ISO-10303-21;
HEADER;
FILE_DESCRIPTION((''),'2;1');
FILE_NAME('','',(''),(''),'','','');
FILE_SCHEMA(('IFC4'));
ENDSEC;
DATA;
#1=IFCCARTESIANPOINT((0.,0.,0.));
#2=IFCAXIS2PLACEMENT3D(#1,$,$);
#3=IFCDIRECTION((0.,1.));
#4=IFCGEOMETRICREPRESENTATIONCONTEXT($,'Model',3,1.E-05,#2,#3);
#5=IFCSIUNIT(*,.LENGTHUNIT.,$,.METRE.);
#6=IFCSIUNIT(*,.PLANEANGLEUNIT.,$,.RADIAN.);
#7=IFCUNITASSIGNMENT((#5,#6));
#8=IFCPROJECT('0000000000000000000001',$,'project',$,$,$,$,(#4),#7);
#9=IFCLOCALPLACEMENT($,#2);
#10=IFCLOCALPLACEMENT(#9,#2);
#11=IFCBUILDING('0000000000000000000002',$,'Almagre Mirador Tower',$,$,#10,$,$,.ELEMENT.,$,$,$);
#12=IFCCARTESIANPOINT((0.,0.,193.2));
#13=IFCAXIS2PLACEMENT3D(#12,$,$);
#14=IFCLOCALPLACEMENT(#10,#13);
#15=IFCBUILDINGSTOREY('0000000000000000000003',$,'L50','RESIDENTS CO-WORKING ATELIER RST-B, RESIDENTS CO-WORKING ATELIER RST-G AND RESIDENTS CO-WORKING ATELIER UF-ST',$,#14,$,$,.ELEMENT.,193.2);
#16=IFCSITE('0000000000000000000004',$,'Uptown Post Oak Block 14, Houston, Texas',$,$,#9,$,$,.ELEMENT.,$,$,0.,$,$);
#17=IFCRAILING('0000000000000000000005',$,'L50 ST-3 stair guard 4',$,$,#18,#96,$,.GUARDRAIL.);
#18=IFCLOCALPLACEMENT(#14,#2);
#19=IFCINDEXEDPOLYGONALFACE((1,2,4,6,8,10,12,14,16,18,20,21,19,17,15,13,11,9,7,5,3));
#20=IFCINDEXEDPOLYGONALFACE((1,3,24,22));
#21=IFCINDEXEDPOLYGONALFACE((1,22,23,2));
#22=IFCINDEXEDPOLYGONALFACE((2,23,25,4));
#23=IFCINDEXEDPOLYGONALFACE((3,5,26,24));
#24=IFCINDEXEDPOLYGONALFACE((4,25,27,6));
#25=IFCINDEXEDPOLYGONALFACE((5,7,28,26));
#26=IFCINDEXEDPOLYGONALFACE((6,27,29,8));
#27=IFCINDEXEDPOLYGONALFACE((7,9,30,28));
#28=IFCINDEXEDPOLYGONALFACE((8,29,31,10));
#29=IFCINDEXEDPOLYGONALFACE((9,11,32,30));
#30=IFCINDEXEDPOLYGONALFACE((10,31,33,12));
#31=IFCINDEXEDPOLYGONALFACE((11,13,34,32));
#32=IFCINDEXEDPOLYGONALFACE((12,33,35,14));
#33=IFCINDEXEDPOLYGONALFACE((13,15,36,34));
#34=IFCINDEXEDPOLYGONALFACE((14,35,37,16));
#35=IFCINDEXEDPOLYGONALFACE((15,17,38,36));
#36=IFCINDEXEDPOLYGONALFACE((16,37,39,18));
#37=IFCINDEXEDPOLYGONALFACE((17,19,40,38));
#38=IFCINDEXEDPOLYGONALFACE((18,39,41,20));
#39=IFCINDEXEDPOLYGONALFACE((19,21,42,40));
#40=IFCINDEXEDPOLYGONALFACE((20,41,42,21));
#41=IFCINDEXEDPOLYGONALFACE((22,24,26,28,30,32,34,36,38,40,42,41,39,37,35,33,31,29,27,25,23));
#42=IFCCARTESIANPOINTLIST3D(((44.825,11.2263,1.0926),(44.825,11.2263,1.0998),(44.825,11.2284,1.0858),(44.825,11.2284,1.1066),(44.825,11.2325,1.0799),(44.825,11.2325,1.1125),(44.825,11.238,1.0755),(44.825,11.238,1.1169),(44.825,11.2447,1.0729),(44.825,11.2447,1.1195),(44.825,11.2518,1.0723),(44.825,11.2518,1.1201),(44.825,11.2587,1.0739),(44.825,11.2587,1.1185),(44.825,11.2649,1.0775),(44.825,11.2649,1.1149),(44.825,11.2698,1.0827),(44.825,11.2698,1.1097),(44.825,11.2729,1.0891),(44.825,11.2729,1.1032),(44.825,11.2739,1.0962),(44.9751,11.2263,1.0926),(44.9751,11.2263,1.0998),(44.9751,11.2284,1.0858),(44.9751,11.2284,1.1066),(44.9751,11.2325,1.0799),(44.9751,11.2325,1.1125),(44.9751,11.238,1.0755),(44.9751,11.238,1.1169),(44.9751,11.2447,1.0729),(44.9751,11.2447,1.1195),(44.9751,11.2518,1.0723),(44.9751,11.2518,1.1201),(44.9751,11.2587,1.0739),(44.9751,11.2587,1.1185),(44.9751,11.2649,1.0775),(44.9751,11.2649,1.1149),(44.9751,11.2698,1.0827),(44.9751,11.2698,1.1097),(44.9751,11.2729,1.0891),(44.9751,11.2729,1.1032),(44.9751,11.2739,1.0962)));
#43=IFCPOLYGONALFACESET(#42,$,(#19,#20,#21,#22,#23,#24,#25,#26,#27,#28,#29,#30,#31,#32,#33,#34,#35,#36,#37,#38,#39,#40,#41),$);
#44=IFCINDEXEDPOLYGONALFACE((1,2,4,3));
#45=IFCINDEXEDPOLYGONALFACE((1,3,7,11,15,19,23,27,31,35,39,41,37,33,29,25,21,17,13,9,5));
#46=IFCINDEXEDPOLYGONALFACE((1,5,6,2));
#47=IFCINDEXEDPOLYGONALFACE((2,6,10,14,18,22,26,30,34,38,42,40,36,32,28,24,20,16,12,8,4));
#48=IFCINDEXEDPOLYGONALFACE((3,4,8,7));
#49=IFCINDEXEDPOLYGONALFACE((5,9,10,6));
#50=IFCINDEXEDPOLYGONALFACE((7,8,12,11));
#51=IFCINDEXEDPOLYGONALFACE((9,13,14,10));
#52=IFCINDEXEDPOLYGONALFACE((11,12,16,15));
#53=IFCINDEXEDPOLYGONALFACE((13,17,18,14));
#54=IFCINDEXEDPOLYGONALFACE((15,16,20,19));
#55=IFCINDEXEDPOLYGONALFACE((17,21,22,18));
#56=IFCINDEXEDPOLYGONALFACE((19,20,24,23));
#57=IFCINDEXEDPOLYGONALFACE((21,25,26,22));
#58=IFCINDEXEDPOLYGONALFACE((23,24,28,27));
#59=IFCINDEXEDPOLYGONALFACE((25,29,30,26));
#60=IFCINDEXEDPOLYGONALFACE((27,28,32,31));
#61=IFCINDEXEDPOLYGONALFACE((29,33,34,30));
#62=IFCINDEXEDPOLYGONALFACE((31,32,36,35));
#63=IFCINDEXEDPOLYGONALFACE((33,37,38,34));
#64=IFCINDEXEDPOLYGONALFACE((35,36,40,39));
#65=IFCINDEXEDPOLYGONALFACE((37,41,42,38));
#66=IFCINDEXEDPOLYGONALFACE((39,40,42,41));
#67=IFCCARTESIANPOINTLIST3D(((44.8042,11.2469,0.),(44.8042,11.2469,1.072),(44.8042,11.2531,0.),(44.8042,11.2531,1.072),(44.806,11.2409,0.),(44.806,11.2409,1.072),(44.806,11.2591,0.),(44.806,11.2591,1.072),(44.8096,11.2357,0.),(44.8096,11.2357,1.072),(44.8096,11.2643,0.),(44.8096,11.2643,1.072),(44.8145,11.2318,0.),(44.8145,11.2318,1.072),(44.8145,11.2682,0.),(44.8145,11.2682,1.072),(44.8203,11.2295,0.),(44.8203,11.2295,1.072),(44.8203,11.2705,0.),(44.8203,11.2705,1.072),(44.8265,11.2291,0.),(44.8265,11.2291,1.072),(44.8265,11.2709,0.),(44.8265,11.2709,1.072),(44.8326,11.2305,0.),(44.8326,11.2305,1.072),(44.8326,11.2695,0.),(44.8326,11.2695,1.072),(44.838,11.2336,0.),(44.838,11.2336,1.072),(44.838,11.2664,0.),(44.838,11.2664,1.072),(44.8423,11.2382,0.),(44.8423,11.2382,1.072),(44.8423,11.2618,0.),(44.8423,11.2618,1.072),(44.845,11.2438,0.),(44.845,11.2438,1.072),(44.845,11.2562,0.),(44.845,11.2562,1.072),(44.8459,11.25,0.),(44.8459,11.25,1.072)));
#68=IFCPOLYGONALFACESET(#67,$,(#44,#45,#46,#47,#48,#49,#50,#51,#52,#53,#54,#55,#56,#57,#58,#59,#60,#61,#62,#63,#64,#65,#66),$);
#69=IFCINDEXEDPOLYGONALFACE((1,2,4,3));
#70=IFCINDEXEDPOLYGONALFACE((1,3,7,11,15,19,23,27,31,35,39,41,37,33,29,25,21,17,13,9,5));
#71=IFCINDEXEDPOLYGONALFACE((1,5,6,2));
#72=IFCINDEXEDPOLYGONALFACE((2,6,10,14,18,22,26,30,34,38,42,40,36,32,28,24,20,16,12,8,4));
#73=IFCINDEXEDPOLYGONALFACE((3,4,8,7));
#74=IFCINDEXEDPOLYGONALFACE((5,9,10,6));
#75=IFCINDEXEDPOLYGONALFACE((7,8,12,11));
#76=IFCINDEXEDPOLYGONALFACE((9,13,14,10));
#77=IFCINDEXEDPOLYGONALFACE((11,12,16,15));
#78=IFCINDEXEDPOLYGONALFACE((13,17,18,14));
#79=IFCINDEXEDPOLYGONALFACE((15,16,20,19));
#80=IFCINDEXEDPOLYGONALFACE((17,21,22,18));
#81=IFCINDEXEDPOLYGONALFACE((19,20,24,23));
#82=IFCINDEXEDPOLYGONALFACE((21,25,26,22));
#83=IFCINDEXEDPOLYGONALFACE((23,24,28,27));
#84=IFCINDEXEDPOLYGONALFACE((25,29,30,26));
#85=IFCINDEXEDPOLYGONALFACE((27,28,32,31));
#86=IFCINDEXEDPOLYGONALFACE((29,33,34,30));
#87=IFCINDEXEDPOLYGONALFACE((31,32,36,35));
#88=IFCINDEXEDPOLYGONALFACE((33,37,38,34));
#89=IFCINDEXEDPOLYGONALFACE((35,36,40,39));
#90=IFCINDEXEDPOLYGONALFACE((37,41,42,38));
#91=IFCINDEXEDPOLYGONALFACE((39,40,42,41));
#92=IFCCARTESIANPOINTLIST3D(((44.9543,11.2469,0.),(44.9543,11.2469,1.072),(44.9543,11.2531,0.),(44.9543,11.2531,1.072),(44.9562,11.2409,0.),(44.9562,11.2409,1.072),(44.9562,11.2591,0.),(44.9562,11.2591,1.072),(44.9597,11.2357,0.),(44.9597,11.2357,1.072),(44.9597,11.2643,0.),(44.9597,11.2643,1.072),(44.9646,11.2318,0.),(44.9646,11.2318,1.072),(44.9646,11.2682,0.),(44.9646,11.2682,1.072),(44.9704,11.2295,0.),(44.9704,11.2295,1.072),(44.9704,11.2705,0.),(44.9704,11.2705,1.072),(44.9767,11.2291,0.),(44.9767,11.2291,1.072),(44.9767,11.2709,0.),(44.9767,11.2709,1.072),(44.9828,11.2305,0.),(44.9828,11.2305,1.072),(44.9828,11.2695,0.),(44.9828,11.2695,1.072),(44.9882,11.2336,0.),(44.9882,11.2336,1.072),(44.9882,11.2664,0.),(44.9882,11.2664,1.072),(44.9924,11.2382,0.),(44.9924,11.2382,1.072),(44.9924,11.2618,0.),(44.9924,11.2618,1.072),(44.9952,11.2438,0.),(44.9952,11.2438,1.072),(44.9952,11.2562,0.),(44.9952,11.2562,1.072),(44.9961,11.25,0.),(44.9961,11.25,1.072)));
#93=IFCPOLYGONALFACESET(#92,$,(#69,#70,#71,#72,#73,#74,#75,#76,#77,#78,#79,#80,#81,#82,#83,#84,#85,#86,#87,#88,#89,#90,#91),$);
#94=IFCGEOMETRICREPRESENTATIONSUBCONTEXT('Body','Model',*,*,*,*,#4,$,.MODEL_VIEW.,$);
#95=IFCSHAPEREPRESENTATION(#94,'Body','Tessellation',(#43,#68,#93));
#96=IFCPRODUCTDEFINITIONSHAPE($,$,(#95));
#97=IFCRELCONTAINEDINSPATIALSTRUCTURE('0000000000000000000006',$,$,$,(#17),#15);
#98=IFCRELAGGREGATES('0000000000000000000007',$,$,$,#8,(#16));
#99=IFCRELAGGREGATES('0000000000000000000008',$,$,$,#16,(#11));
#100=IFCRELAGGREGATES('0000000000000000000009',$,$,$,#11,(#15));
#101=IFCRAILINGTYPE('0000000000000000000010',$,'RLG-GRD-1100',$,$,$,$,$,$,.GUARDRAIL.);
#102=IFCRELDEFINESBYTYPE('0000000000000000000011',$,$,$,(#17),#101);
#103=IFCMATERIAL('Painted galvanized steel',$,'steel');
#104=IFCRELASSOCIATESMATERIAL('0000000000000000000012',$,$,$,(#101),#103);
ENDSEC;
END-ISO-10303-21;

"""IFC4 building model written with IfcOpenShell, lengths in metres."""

from ifc_helpers import new_model, si_unit, direction, frame, origin, origin_2d, place, context, subcontext, project, spatial, circle, extrude, material, type_object, element, save


model = new_model("IFC4")

# Units and contexts
model_context = context("Model", 3, precision=1e-05, world=origin(), true_north=direction((0.0, 1.0)))
body_context = subcontext(model_context, "Body", "Model", "MODEL_VIEW")
ifc_project = project(units=[si_unit("LENGTHUNIT", "METRE"), si_unit("PLANEANGLEUNIT", "RADIAN")], contexts=[model_context])

# Site, building, storey
site_placement = place(None, origin())
site = spatial("IfcSite", under=ifc_project, at=site_placement, Name="Uptown Post Oak Block 14, Houston, Texas", CompositionType="ELEMENT", RefElevation=0.0)
building_placement = place(site_placement, origin())
building = spatial("IfcBuilding", under=site, at=building_placement, Name="Almagre Mirador Tower", CompositionType="ELEMENT")
storey_placement = place(building_placement, frame((0.0, 0.0, 193.2)))
storey = spatial("IfcBuildingStorey", under=building, at=storey_placement, Name="L50", Description="RESIDENTS CO-WORKING ATELIER RST-B, RESIDENTS CO-WORKING ATELIER RST-G AND RESIDENTS CO-WORKING ATELIER UF-ST", CompositionType="ELEMENT", Elevation=193.2)

# Railing
ifc_material_1 = material(Name="Painted galvanized steel", Category="steel")
railing_type_1 = type_object("IfcRailingType", Name="RLG-GRD-1100", PredefinedType="GUARDRAIL", material=ifc_material_1)
railing_1_placement = place(storey_placement, frame((44.825, 11.25, 0.0)))
element("IfcRailing", 1, at=railing_1_placement, inside=storey, type_object=railing_type_1, Name="L50 ST-3 stair guard 4", PredefinedType="GUARDRAIL", context=body_context, shape_type="SweptSolid", body=[
    extrude(circle(Radius=0.0239, at=origin_2d()), frame((0.0, 0.0, 1.0962), z_axis=(1.0, 0.0, 0.0), x_axis=(0.0, 1.0, 0.0)), (0.0, 0.0, 1.0), 0.1501),
    extrude(circle(Radius=0.021, at=origin_2d()), origin(), (0.0, 0.0, 1.0), 1.072),
    extrude(circle(Radius=0.021, at=origin_2d()), frame((0.1501, 0.0, 0.0)), (0.0, 0.0, 1.0), 1.072),
])

save(model, "model.ifc")
